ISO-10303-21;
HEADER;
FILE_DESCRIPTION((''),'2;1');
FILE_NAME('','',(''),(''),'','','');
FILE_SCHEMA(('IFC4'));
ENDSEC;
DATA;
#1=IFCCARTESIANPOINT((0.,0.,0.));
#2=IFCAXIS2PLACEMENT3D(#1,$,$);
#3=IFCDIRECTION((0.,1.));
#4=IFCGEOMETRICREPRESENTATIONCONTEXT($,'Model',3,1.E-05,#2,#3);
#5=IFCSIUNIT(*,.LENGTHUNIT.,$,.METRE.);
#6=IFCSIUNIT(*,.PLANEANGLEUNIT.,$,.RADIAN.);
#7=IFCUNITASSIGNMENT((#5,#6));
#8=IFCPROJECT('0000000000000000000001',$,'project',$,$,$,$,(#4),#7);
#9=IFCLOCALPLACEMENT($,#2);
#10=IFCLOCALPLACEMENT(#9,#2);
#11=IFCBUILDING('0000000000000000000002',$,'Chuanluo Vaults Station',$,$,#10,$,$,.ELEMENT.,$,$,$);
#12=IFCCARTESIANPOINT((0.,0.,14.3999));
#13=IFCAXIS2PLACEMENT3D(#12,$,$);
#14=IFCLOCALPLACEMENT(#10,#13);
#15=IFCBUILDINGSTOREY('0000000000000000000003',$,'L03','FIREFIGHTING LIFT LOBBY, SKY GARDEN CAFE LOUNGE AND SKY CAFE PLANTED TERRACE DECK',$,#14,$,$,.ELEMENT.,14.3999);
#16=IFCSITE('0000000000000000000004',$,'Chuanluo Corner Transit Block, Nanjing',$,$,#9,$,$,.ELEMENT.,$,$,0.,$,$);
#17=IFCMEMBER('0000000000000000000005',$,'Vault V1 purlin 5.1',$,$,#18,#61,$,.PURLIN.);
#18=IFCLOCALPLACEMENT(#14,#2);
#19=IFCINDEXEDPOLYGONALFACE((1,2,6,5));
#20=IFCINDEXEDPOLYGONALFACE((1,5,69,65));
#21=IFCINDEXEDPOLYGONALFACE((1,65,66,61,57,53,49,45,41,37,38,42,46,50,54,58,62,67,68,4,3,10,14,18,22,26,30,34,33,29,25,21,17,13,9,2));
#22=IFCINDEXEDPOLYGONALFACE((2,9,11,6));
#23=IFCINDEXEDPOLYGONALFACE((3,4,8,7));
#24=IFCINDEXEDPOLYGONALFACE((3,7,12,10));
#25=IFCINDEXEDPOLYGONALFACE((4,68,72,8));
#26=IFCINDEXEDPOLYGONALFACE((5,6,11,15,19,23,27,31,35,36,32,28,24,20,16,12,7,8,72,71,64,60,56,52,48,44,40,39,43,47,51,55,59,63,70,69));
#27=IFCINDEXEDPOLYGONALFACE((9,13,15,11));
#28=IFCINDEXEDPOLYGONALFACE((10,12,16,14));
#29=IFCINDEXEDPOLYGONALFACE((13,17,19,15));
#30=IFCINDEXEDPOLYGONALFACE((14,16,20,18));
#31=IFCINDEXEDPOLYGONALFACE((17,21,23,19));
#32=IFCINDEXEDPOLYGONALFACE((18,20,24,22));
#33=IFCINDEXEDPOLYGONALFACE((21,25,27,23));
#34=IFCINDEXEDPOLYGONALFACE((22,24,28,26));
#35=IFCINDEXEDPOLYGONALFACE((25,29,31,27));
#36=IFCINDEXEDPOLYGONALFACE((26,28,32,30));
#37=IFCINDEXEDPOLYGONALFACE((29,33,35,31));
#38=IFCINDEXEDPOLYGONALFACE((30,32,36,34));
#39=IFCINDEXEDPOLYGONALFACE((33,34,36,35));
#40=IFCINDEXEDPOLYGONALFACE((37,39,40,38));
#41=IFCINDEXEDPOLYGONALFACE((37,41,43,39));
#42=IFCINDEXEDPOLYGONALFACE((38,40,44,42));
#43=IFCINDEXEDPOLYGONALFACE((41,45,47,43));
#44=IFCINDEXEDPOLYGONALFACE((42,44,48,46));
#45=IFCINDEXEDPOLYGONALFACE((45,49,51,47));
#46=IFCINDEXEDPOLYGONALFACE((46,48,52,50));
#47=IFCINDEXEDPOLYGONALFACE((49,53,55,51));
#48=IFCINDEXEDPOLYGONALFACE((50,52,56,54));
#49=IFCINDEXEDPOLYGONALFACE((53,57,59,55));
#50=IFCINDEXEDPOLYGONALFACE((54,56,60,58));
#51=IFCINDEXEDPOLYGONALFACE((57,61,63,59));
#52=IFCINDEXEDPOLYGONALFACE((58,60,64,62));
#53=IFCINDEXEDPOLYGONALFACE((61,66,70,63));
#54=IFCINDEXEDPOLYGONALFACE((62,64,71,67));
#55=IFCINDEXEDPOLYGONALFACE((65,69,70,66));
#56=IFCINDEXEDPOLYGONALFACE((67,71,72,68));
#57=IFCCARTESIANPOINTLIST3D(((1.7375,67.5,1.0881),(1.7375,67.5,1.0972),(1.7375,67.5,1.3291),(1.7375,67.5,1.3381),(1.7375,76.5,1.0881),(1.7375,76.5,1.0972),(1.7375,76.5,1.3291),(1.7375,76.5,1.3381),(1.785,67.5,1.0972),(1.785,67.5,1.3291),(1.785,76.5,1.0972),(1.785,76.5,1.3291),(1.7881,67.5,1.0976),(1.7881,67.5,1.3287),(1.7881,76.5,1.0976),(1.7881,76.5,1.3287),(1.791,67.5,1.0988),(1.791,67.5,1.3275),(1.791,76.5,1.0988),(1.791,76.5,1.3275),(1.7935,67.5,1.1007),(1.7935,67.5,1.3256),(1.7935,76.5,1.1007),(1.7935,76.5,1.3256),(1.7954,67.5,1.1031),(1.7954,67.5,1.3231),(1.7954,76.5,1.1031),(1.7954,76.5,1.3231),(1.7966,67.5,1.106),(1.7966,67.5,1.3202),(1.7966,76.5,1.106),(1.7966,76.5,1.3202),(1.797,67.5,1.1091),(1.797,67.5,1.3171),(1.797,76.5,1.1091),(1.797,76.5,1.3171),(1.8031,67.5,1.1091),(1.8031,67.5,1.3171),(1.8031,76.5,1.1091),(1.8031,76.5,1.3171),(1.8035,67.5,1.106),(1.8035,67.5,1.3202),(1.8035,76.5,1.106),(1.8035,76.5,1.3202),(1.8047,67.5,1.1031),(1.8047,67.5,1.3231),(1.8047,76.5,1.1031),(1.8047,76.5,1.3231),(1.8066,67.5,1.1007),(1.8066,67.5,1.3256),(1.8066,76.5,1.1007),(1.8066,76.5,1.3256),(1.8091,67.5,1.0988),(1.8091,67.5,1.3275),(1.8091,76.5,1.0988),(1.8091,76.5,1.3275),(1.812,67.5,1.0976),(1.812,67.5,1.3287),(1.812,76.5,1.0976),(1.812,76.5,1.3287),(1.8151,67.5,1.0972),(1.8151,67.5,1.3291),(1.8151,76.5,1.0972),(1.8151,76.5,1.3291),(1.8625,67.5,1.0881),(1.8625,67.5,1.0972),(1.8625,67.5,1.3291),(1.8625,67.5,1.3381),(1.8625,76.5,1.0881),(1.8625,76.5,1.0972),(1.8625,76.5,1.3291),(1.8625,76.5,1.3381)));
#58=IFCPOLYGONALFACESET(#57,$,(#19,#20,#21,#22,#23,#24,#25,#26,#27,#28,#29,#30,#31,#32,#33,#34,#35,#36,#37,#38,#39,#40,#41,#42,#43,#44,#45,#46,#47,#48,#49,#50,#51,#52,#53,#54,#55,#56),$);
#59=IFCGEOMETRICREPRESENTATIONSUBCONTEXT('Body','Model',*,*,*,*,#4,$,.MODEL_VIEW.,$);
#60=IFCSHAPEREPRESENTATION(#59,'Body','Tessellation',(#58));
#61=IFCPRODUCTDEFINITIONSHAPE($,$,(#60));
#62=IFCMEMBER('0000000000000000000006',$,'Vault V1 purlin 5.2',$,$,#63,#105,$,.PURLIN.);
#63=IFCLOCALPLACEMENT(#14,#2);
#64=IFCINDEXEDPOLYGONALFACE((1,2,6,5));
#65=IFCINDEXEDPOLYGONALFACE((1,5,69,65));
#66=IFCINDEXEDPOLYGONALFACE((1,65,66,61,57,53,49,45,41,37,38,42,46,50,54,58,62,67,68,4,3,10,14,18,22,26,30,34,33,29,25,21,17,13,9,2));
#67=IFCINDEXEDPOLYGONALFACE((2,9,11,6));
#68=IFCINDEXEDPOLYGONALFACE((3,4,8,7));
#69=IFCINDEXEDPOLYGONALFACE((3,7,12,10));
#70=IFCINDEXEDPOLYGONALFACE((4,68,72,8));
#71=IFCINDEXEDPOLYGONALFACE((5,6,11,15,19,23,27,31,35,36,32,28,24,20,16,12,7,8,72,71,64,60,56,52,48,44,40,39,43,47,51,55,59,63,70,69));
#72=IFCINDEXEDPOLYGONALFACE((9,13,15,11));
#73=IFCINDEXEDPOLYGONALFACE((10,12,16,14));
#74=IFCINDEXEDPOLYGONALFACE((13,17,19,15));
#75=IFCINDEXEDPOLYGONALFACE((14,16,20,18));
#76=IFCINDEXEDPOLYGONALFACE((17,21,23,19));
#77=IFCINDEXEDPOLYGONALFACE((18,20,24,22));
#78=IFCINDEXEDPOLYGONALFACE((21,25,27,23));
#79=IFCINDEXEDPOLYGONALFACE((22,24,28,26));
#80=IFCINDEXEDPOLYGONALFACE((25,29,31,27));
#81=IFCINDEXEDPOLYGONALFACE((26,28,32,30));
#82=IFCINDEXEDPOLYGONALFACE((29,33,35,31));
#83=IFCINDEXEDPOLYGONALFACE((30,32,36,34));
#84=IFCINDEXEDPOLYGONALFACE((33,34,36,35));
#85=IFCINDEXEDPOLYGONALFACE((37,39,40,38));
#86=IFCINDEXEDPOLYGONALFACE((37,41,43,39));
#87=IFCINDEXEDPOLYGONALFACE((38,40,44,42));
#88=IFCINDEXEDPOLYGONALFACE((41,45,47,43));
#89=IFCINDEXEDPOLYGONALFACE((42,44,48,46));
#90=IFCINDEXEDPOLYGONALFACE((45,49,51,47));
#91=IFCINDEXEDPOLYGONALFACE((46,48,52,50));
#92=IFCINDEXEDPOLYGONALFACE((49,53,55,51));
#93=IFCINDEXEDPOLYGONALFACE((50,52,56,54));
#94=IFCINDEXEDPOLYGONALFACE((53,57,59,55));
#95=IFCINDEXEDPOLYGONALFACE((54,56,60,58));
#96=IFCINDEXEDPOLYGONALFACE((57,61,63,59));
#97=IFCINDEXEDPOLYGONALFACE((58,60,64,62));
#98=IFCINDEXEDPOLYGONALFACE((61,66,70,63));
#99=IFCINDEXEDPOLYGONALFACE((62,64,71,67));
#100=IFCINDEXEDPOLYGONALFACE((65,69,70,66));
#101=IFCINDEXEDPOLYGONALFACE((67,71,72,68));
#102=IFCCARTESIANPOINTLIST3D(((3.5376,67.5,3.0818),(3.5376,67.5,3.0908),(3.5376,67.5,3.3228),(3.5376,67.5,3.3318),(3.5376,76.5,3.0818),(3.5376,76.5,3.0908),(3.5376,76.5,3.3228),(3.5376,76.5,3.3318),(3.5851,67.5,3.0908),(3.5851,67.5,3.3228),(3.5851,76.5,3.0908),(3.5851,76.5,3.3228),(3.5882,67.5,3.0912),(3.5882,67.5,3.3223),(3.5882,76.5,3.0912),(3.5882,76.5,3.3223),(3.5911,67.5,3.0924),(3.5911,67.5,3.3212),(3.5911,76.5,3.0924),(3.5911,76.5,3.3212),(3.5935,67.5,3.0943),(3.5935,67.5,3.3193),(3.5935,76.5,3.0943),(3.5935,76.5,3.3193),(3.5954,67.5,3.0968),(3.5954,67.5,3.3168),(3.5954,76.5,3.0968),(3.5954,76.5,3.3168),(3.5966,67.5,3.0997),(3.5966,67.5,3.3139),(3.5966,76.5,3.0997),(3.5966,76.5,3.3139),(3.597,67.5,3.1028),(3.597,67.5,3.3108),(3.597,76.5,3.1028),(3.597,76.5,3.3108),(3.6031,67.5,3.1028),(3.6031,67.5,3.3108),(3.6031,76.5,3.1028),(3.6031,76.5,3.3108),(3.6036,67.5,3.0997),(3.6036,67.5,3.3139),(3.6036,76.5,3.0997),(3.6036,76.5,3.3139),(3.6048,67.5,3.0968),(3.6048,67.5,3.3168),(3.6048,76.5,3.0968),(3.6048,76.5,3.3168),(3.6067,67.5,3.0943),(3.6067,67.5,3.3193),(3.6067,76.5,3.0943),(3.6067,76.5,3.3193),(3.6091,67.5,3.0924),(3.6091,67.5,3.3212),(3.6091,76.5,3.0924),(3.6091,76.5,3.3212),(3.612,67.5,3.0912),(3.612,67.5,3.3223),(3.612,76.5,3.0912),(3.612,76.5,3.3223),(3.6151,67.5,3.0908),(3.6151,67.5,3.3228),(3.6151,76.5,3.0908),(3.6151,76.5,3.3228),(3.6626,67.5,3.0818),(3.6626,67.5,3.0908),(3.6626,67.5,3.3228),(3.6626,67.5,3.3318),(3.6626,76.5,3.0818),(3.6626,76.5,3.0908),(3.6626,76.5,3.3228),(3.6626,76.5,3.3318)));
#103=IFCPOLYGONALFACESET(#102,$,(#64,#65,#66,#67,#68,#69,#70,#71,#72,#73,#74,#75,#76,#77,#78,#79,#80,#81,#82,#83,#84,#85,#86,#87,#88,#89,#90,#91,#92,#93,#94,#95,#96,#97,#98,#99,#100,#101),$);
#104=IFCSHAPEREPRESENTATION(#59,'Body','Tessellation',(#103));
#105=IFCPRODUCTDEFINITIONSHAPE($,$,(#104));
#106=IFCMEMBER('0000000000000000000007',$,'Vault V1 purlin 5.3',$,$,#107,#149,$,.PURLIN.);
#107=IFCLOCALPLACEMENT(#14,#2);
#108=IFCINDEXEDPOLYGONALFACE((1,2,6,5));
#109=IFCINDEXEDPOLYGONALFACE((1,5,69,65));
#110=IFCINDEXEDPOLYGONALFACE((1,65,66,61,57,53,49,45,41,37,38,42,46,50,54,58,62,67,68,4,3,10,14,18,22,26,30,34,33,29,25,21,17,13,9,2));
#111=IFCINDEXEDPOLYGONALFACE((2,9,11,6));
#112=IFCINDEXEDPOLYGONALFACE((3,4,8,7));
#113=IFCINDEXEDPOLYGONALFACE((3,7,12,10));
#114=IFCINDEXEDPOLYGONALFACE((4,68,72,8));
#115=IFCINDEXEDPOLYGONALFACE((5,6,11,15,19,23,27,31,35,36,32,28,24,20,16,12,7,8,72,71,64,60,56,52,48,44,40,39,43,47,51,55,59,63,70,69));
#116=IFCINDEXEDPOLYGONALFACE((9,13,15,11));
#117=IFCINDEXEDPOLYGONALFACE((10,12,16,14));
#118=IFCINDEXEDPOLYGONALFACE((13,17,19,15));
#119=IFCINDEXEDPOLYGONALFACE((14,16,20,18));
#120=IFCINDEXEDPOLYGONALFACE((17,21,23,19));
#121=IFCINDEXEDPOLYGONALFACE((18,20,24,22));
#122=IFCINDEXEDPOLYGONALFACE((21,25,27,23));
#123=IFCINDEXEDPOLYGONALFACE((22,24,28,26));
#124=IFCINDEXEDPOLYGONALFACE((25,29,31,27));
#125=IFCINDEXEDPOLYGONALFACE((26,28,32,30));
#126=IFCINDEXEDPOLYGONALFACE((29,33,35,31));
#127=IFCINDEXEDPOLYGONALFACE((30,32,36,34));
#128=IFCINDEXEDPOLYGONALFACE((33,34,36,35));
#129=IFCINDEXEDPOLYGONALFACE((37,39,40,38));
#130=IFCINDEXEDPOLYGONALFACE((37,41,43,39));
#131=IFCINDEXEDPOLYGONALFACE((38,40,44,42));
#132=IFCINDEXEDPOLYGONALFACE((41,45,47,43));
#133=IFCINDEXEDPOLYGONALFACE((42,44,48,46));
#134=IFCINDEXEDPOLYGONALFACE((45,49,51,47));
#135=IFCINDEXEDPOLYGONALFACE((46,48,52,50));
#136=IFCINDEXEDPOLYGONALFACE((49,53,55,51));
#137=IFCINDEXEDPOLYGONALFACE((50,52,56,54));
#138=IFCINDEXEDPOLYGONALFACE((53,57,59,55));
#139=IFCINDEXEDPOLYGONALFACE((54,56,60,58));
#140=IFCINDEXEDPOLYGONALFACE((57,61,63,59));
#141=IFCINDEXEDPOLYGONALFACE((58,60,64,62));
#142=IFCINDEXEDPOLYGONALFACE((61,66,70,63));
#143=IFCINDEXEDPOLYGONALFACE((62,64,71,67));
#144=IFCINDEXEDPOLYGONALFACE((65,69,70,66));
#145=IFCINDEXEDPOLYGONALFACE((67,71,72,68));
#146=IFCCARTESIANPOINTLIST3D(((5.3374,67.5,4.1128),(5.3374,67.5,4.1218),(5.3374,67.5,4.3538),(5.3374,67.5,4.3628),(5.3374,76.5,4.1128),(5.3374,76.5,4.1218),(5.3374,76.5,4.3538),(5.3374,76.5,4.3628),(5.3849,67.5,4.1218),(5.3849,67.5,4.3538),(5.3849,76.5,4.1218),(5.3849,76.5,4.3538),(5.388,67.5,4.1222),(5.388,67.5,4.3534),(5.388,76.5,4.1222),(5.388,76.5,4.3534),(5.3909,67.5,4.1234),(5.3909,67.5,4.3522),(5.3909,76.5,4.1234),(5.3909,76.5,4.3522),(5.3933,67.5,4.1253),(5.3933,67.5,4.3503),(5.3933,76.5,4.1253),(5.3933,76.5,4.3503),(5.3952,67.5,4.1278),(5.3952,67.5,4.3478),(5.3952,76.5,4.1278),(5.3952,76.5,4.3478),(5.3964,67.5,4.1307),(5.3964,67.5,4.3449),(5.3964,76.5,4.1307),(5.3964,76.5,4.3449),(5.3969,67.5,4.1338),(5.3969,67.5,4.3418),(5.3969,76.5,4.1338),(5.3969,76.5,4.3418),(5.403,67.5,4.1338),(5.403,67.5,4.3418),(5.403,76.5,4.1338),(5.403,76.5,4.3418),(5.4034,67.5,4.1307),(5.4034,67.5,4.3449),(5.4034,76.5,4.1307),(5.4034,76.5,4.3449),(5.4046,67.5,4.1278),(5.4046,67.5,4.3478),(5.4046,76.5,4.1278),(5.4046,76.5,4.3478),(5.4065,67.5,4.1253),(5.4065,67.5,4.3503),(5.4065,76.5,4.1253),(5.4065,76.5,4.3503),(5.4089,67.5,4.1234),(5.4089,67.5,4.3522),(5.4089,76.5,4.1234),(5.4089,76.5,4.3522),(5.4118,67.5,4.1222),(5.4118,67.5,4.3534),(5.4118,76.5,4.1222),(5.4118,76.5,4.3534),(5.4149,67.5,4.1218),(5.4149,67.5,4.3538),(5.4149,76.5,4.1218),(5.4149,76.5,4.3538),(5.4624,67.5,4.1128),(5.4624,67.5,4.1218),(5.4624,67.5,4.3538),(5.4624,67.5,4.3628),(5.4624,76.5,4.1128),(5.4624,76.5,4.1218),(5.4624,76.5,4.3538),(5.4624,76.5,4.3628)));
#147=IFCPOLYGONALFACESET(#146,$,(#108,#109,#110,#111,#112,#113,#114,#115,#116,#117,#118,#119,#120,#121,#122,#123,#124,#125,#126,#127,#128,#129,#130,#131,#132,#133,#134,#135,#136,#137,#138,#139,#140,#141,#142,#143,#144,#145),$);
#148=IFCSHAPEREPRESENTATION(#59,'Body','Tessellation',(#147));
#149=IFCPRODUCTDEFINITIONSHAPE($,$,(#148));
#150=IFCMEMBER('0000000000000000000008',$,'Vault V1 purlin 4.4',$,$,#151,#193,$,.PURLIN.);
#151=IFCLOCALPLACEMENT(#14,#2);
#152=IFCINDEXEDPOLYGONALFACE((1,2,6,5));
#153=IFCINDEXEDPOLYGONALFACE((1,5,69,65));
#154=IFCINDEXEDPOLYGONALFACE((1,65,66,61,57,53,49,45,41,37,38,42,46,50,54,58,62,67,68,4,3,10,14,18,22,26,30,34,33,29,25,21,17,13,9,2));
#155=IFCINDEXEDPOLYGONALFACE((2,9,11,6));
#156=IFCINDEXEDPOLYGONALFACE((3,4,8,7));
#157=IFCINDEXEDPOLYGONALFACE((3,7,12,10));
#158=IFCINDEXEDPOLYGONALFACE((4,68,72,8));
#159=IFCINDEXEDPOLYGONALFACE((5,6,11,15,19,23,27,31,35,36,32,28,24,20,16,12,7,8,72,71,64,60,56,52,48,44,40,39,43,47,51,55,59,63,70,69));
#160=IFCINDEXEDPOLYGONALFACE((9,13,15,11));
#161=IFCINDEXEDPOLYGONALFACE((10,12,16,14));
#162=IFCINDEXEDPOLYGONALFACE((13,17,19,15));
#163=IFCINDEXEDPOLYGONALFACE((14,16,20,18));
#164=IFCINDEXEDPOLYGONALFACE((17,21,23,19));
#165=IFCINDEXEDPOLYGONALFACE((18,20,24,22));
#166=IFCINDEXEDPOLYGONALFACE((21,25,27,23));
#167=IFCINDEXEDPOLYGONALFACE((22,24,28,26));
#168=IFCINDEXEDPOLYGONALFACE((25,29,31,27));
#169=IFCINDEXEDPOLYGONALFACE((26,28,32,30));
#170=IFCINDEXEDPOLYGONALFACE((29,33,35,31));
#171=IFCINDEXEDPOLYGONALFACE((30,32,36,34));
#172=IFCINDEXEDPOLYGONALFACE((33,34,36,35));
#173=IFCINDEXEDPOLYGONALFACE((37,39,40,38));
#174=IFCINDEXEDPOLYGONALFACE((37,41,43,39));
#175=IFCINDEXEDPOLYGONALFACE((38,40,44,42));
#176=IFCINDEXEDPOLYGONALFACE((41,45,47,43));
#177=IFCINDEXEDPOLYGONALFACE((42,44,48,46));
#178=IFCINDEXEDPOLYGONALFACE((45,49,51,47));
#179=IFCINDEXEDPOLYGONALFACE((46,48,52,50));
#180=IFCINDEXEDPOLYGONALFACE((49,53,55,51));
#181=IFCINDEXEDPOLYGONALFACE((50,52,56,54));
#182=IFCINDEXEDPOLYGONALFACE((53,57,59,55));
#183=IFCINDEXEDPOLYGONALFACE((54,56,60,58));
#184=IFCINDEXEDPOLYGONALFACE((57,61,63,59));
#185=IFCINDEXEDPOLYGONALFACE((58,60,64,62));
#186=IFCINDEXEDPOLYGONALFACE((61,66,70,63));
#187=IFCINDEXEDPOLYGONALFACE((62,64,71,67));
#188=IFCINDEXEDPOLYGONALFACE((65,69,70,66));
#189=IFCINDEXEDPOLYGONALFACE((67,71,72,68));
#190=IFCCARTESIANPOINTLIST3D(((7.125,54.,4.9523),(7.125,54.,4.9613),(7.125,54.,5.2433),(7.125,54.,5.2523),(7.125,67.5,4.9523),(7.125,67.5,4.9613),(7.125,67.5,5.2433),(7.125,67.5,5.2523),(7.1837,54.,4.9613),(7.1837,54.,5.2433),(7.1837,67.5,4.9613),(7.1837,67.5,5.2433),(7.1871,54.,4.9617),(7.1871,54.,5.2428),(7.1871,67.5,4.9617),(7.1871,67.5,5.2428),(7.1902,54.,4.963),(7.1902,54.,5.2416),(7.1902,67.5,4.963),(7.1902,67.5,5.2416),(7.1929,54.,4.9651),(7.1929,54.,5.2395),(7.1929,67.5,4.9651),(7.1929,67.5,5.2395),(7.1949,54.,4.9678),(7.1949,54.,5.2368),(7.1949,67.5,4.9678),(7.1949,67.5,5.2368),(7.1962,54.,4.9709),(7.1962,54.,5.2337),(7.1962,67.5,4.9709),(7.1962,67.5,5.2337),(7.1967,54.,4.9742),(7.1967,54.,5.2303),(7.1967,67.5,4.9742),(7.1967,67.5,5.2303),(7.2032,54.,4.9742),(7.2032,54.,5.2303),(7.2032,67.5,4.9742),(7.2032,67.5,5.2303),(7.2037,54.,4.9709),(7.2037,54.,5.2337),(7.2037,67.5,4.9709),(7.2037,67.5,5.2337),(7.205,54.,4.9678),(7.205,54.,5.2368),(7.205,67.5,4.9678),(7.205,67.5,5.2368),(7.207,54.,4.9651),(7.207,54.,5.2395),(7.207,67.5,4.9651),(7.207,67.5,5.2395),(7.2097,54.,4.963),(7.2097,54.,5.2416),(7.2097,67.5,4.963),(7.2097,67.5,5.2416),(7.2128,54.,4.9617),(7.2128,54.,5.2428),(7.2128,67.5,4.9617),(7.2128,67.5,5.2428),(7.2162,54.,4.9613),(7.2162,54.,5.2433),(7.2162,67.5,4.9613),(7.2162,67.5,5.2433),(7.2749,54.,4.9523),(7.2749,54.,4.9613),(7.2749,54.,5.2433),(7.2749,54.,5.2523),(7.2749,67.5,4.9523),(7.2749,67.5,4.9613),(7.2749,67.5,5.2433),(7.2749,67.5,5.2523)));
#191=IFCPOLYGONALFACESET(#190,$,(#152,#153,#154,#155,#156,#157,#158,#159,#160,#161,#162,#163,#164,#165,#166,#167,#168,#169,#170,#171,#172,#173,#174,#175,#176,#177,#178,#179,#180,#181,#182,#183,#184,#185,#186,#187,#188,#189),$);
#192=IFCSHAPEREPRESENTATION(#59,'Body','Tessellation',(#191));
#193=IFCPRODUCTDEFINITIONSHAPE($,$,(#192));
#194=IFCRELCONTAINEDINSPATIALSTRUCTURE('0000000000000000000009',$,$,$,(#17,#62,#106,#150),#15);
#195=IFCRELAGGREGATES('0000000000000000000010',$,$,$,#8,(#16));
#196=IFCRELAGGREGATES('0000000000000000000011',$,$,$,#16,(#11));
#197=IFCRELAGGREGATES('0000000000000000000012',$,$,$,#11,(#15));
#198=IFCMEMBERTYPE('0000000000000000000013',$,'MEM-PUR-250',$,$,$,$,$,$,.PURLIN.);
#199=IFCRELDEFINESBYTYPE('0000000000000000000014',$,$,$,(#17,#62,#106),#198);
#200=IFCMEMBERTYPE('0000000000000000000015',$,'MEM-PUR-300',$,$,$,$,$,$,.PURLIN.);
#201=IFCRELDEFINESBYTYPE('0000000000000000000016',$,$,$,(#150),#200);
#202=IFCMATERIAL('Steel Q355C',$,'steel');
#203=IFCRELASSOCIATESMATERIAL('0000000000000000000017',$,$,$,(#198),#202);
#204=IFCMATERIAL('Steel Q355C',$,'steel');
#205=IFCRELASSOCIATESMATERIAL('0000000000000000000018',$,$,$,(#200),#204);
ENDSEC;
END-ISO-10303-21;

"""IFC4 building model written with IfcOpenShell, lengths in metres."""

from ifc_helpers import new_model, si_unit, direction, frame, origin, origin_2d, place, context, subcontext, project, spatial, i_section, extrude, material, material_profile, profile_set, type_object, element, save


model = new_model("IFC4")

# Units and contexts
model_context = context("Model", 3, precision=1e-05, world=origin(), true_north=direction((0.0, 1.0)))
body_context = subcontext(model_context, "Body", "Model", "MODEL_VIEW")
ifc_project = project(units=[si_unit("LENGTHUNIT", "METRE"), si_unit("PLANEANGLEUNIT", "RADIAN")], contexts=[model_context])

# Site, building, storey
site_placement = place(None, origin())
site = spatial("IfcSite", under=ifc_project, at=site_placement, Name="Chuanluo Corner Transit Block, Nanjing", CompositionType="ELEMENT", RefElevation=0.0)
building_placement = place(site_placement, origin())
building = spatial("IfcBuilding", under=site, at=building_placement, Name="Chuanluo Vaults Station", CompositionType="ELEMENT")
storey_placement = place(building_placement, frame((0.0, 0.0, 14.3999)))
storey = spatial("IfcBuildingStorey", under=building, at=storey_placement, Name="L03", Description="FIREFIGHTING LIFT LOBBY, SKY GARDEN CAFE LOUNGE AND SKY CAFE PLANTED TERRACE DECK", CompositionType="ELEMENT", Elevation=14.3999)

# Members
ifc_material_1 = material(Name="Steel Q355C", Category="steel")
ifc_material_profile_1 = material_profile(ifc_material_1, i_section(OverallWidth=0.125, OverallDepth=0.25, WebThickness=0.0061, FlangeThickness=0.009, FilletRadius=0.012, at=origin_2d()))
ifc_profile_set_1 = profile_set([ifc_material_profile_1], Name="Steel Q355C")
member_type_1 = type_object("IfcMemberType", Name="MEM-PUR-250", PredefinedType="PURLIN", material=ifc_profile_set_1)
for number, where, z_axis, x_axis, name in (
    (1, (1.8, 67.5, 1.2131), (0.0, 1.0, 0.0), (-1.0, 0.0, 0.0), "Vault V1 purlin 5.1"),
    (2, (3.6001, 67.5, 3.2068), (0.0, 1.0, 0.0), (-1.0, 0.0, 0.0), "Vault V1 purlin 5.2"),
    (3, (5.3999, 67.5, 4.2378), (0.0, 1.0, 0.0), (-1.0, 0.0, 0.0), "Vault V1 purlin 5.3"),
):
    element("IfcMember", number, at=place(storey_placement, frame(where, z_axis=z_axis, x_axis=x_axis)), inside=storey, type_object=member_type_1, Name=name, PredefinedType="PURLIN", context=body_context, shape_type="SweptSolid", body=[
        extrude(i_section(OverallWidth=0.125, OverallDepth=0.25, WebThickness=0.0061, FlangeThickness=0.009, FilletRadius=0.012, at=origin_2d()), origin(), (0.0, 0.0, 1.0), 9.0),
    ])
ifc_material_2 = material(Name="Steel Q355C", Category="steel")
ifc_material_profile_2 = material_profile(ifc_material_2, i_section(OverallWidth=0.1499, OverallDepth=0.3, WebThickness=0.0066, FlangeThickness=0.009, FilletRadius=0.0129, at=origin_2d()))
ifc_profile_set_2 = profile_set([ifc_material_profile_2], Name="Steel Q355C")
member_type_2 = type_object("IfcMemberType", Name="MEM-PUR-300", PredefinedType="PURLIN", material=ifc_profile_set_2)
for number, where, z_axis, x_axis, name in (
    (4, (7.2, 54.0, 5.1023), (0.0, 1.0, 0.0), (-1.0, 0.0, 0.0), "Vault V1 purlin 4.4"),
):
    element("IfcMember", number, at=place(storey_placement, frame(where, z_axis=z_axis, x_axis=x_axis)), inside=storey, type_object=member_type_2, Name=name, PredefinedType="PURLIN", context=body_context, shape_type="SweptSolid", body=[
        extrude(i_section(OverallWidth=0.1499, OverallDepth=0.3, WebThickness=0.0066, FlangeThickness=0.009, FilletRadius=0.0129, at=origin_2d()), origin(), (0.0, 0.0, 1.0), 13.5),
    ])

save(model, "model.ifc")
